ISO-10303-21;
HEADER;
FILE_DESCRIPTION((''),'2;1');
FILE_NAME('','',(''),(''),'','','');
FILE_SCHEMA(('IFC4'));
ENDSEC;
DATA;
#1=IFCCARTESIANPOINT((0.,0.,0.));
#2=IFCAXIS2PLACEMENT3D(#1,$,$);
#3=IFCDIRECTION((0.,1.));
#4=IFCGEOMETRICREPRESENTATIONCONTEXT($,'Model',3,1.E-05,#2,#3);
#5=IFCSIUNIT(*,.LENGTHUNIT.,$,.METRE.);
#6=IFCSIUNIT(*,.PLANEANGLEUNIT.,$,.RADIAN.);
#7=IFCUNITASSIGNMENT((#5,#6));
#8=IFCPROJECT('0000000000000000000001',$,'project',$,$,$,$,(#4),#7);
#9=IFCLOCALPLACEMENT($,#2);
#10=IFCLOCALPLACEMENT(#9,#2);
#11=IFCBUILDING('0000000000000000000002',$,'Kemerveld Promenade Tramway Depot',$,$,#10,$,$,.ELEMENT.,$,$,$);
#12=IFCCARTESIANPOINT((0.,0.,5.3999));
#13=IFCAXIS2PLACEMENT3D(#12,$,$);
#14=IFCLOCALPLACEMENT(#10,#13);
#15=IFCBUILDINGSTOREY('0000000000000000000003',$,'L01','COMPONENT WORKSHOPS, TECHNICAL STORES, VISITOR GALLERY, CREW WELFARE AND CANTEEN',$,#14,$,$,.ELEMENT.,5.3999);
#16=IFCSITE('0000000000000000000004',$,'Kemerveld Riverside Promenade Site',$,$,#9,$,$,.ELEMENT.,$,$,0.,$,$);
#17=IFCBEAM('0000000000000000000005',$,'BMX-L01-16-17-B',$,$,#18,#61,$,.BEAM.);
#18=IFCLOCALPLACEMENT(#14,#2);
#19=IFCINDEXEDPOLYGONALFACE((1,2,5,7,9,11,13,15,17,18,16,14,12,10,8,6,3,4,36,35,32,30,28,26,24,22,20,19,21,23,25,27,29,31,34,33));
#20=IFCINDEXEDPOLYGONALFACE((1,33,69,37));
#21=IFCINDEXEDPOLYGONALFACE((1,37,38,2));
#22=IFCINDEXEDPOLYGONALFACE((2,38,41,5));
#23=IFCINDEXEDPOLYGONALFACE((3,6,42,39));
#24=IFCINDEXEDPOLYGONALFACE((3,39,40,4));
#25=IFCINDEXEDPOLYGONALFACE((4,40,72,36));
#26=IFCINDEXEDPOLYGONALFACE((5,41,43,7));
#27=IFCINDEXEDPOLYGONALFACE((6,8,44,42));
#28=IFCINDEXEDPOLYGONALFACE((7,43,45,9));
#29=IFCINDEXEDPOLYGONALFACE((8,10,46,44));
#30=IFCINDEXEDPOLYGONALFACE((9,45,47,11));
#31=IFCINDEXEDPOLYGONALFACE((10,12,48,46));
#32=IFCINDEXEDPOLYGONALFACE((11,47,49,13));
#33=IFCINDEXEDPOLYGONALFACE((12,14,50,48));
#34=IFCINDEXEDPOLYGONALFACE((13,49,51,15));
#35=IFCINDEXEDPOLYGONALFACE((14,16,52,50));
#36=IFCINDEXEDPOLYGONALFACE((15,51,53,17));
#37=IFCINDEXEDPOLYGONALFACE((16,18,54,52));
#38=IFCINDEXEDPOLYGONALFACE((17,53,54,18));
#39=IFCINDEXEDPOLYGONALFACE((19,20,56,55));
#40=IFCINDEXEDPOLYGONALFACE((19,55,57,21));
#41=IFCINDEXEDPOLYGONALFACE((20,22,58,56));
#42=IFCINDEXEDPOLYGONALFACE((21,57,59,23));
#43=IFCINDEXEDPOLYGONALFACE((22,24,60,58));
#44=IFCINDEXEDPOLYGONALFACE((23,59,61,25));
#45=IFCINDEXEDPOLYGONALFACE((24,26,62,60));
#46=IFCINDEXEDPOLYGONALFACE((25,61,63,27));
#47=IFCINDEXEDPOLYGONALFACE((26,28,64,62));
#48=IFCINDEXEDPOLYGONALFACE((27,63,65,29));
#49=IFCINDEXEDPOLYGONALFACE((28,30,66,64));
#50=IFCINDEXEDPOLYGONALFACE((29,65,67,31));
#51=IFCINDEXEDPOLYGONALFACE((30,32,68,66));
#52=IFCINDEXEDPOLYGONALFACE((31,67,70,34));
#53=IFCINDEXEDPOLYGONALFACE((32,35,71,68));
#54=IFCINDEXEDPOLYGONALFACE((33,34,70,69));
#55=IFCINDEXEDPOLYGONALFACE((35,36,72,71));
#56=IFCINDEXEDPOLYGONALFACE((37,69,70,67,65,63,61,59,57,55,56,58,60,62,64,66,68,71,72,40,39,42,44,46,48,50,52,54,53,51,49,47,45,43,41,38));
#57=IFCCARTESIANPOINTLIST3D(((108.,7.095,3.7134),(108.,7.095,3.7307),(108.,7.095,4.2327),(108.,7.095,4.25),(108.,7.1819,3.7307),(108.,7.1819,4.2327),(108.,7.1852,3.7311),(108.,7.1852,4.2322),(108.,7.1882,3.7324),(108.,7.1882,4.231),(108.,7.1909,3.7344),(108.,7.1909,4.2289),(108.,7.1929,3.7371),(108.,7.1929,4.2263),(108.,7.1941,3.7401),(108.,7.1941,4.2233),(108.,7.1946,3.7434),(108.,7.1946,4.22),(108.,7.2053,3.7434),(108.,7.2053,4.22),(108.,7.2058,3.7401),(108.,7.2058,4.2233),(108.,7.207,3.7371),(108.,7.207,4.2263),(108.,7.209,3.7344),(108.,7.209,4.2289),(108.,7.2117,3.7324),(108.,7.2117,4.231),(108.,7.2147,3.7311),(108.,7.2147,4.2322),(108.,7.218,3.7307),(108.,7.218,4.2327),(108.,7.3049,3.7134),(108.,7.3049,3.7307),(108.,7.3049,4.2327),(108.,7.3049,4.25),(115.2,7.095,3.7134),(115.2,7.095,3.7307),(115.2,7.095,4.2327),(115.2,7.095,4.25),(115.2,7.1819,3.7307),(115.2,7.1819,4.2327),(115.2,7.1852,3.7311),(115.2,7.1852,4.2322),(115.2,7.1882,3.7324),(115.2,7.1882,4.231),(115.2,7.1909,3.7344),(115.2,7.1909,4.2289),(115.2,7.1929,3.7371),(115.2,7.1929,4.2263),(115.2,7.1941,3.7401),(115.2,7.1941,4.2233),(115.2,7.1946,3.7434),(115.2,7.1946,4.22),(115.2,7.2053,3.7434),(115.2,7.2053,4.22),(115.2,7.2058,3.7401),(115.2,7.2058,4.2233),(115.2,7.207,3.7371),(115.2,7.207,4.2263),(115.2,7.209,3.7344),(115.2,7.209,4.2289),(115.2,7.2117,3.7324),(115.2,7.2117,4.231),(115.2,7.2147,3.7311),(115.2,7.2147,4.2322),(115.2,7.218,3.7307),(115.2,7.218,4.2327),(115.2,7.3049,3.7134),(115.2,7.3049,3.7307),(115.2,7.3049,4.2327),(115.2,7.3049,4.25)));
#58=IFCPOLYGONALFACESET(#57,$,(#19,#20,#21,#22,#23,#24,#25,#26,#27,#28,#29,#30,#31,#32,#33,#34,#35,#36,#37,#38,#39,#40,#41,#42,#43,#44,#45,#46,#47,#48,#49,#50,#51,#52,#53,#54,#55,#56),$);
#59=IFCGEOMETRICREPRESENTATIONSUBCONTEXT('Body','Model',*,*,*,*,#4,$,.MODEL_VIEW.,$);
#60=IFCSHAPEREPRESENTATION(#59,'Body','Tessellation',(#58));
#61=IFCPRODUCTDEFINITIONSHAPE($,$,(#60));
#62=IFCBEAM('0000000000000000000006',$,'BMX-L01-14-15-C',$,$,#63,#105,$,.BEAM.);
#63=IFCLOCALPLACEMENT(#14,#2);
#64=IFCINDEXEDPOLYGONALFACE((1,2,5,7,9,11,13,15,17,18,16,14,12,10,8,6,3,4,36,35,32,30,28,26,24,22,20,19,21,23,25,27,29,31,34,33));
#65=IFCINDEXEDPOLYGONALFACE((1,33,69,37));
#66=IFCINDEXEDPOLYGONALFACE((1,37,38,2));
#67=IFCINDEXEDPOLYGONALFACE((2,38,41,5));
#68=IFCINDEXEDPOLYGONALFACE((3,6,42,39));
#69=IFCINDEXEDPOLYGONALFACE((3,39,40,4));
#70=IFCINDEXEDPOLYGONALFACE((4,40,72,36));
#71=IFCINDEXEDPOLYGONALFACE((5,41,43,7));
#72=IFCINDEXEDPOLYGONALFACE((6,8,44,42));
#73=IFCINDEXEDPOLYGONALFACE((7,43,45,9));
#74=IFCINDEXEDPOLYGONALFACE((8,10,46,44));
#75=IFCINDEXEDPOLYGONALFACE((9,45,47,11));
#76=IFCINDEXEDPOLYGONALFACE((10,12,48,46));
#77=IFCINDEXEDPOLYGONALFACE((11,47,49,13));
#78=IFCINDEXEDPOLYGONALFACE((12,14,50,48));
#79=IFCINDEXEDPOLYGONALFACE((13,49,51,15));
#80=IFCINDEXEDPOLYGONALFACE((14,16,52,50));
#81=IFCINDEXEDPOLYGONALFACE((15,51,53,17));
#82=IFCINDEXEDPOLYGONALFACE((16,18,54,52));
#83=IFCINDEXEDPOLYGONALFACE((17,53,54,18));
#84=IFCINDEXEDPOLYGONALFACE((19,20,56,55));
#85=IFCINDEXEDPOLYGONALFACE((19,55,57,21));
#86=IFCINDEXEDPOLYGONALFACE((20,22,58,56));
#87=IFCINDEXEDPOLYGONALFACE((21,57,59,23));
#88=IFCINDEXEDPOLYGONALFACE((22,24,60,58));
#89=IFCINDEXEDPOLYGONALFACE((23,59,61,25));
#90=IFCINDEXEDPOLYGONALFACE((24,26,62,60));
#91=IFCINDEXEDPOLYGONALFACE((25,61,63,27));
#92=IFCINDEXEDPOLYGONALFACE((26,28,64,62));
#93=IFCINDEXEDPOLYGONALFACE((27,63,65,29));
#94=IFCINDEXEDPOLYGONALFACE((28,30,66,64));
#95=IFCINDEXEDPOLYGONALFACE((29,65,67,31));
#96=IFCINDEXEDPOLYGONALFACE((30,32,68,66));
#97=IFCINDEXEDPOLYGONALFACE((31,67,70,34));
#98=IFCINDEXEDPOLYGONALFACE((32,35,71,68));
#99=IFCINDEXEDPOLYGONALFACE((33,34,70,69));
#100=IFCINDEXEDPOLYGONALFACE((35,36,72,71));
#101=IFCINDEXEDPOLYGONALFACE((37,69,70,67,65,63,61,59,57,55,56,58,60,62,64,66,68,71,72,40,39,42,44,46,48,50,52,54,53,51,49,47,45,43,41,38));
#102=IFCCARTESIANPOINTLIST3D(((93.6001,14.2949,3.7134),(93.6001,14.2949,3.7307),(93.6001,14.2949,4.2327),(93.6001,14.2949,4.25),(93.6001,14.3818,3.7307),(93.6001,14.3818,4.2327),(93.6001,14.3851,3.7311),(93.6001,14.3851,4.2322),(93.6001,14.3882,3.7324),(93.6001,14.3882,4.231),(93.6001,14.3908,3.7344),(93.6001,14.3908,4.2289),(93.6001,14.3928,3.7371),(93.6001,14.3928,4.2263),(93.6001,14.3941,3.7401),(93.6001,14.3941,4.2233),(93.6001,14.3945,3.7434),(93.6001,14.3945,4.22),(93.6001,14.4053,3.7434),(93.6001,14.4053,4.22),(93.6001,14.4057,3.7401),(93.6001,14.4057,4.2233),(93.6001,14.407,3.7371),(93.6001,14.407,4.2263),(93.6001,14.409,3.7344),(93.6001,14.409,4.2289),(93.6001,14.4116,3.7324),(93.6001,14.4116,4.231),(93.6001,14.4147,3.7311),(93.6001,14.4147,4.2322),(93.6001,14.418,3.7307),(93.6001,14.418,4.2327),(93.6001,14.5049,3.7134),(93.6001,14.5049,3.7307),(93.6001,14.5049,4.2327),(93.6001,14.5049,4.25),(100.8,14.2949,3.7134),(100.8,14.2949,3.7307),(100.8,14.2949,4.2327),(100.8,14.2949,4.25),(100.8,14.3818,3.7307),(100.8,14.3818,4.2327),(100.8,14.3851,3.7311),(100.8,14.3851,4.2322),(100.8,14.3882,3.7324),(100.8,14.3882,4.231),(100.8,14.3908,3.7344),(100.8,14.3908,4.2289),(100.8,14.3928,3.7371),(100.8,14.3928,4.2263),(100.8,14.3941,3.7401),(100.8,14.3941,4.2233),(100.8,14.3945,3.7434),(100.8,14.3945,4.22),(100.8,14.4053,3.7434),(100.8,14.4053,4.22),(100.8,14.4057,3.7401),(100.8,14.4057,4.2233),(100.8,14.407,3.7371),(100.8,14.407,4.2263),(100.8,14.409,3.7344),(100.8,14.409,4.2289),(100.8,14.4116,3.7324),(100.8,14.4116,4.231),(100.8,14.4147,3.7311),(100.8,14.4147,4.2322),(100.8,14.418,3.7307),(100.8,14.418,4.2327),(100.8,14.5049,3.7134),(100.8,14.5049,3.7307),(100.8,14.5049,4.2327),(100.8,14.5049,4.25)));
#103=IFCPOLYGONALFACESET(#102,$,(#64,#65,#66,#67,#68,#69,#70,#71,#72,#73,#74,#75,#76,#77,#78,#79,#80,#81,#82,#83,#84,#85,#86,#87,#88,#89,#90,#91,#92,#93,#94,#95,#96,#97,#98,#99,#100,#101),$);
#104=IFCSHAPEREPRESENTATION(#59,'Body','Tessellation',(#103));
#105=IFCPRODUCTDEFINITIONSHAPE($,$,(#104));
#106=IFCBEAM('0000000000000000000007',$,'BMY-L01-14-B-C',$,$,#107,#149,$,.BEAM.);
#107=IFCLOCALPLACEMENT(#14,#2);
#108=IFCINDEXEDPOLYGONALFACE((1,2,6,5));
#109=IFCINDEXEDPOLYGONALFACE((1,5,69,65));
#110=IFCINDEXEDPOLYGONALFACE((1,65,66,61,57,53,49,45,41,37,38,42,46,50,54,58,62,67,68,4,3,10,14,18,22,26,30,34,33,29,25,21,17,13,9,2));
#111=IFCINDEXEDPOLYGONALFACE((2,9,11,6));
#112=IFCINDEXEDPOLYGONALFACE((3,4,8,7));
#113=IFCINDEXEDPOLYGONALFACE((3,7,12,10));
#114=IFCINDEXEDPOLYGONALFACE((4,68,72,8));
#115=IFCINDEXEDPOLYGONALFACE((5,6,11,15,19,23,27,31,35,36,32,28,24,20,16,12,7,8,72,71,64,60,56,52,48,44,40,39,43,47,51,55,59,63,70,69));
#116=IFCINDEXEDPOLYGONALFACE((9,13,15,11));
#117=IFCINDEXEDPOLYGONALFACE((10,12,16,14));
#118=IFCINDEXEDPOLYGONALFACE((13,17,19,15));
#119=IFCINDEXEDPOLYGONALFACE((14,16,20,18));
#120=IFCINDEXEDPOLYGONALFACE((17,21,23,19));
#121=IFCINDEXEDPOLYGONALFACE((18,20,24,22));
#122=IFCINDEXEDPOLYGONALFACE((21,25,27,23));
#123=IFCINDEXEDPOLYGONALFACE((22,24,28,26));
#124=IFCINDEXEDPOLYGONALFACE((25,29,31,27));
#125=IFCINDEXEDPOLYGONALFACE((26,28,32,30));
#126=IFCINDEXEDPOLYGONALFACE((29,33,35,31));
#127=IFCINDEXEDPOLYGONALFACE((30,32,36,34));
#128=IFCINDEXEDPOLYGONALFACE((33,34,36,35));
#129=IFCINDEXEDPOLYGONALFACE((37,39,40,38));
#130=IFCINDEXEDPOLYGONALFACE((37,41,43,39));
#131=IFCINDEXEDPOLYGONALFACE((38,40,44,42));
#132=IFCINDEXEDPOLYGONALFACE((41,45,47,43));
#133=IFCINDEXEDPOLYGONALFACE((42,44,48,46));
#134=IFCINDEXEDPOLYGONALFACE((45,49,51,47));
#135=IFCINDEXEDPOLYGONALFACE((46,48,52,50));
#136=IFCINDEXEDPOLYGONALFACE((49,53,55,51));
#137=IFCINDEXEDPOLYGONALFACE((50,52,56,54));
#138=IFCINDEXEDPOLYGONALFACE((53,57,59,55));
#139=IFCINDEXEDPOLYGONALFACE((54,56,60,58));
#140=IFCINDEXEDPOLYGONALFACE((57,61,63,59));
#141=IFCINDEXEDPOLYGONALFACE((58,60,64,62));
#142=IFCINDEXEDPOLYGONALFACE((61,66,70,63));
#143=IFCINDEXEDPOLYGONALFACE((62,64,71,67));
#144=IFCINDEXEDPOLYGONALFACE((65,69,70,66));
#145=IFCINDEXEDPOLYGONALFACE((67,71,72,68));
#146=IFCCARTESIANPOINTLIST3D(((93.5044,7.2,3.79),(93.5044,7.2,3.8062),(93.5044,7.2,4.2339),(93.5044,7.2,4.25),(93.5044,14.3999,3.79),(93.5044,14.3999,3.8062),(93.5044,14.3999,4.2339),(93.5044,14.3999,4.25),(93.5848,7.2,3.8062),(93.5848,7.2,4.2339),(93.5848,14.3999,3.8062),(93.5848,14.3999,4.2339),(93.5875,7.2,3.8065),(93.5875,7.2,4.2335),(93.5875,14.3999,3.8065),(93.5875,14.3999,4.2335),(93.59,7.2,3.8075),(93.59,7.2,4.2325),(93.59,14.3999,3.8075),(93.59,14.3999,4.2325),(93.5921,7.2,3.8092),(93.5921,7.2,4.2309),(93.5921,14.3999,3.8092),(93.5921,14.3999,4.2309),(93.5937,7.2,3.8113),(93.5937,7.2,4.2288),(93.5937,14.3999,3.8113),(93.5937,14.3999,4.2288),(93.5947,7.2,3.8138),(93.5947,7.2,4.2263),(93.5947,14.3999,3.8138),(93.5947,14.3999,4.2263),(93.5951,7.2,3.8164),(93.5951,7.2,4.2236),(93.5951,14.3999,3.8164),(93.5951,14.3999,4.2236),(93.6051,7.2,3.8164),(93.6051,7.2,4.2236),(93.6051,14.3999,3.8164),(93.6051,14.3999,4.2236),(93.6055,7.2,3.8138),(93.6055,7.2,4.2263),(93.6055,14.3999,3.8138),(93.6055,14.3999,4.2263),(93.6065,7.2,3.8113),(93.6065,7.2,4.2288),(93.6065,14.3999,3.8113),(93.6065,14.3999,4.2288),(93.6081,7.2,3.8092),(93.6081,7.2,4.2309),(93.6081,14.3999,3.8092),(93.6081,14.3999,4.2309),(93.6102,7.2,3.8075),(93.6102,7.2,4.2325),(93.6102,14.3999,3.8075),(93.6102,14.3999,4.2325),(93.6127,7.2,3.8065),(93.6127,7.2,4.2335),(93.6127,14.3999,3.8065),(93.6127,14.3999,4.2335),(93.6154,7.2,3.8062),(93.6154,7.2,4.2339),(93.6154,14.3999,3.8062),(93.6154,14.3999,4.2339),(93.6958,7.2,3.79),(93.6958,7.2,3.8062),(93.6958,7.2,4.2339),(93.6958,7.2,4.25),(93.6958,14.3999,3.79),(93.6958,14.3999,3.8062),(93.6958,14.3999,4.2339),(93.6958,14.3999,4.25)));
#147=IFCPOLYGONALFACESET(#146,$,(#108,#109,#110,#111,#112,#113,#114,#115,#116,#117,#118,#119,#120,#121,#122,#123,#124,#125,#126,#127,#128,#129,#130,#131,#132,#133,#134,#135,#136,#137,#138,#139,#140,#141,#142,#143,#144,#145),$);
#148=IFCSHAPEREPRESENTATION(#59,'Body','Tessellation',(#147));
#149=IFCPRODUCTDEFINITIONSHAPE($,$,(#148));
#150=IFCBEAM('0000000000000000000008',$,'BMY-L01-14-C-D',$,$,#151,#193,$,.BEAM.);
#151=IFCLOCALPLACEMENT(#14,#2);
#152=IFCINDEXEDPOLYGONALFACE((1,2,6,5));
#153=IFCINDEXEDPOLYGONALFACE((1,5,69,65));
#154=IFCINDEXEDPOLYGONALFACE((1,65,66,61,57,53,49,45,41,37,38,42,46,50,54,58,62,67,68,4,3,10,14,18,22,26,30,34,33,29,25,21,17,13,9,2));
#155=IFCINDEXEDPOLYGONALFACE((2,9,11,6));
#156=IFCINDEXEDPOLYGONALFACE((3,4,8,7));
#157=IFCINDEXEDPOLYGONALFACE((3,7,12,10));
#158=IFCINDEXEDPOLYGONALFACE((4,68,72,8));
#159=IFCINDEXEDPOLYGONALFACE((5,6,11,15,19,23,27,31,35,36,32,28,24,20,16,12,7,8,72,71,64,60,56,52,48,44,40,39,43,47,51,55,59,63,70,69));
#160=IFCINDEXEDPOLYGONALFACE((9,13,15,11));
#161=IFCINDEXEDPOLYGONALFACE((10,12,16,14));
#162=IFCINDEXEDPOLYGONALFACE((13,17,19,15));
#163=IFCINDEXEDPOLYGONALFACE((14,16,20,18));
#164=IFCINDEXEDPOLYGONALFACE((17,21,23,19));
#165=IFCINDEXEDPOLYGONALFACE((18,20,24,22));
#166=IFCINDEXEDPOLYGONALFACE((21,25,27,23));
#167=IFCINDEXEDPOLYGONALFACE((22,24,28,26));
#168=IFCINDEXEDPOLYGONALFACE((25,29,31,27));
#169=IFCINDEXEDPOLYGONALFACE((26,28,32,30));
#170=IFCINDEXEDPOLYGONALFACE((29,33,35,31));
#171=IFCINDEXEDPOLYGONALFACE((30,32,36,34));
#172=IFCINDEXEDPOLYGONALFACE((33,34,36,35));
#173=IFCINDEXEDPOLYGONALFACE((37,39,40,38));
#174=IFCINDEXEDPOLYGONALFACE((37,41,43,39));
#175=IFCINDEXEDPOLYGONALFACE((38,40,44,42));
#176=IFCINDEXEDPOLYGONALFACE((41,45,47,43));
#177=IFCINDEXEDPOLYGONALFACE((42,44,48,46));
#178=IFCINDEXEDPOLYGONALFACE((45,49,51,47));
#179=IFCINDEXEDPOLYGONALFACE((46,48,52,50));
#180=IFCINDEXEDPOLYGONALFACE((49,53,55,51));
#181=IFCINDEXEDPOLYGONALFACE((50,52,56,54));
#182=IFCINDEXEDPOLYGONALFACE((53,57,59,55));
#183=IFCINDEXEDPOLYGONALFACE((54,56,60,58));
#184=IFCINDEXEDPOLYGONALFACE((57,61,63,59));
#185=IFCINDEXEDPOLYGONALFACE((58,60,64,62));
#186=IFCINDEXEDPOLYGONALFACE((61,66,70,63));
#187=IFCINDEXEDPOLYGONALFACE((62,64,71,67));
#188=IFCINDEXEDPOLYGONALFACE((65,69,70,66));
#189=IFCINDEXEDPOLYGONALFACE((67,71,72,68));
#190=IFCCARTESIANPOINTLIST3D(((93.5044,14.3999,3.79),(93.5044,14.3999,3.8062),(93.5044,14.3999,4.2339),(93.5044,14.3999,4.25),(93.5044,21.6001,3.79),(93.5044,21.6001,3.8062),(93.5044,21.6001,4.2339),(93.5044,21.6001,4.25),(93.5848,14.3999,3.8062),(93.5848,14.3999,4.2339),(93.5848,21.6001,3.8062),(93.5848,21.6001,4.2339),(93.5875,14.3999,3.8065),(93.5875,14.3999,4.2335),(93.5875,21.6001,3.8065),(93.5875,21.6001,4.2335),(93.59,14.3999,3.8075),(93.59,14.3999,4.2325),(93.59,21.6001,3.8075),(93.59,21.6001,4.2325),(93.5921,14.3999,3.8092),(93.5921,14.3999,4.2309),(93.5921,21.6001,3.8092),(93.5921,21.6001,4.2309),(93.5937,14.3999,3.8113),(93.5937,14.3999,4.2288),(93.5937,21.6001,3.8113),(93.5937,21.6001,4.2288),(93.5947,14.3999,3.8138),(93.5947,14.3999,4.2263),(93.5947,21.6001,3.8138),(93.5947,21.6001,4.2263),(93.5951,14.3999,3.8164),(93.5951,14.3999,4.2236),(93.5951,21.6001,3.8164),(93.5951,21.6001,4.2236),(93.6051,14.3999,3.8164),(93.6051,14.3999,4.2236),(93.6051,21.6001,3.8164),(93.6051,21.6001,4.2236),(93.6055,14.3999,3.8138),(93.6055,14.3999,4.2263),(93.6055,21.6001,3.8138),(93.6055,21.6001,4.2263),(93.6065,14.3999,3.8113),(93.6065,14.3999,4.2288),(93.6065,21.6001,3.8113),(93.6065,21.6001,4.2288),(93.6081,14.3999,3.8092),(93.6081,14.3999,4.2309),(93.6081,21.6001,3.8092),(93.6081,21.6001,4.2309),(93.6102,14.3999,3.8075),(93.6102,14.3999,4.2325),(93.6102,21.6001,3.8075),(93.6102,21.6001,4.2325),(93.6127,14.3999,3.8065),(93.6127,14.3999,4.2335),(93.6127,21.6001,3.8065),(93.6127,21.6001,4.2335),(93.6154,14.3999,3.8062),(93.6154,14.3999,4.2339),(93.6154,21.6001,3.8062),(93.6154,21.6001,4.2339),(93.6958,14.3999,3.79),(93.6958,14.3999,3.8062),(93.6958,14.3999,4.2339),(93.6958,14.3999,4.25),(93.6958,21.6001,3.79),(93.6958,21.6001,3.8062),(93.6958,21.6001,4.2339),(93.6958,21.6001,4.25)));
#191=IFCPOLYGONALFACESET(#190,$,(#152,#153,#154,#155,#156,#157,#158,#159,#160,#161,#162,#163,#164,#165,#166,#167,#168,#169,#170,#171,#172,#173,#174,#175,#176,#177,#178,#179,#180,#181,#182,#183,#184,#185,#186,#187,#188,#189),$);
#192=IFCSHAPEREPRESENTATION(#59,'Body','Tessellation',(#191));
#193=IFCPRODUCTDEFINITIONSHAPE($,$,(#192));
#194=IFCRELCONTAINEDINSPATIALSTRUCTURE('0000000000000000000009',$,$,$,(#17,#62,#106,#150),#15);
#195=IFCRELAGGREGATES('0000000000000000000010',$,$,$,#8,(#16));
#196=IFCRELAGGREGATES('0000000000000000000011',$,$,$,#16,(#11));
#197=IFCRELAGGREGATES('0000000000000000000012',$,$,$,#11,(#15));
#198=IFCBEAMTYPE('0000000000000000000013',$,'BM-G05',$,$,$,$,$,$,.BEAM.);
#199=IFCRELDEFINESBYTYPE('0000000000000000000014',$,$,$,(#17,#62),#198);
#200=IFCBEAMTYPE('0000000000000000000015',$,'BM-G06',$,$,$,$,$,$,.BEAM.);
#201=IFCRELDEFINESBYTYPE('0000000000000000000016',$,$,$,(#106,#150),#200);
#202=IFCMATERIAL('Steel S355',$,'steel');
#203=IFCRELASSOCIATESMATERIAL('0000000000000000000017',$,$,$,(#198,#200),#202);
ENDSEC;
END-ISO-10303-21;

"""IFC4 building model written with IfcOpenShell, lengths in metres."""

from ifc_helpers import new_model, si_unit, direction, frame, origin, origin_2d, place, context, subcontext, project, spatial, i_section, extrude, material, material_profile, profile_set, type_object, element, save


model = new_model("IFC4")

# Units and contexts
model_context = context("Model", 3, precision=1e-05, world=origin(), true_north=direction((0.0, 1.0)))
body_context = subcontext(model_context, "Body", "Model", "MODEL_VIEW")
ifc_project = project(units=[si_unit("LENGTHUNIT", "METRE"), si_unit("PLANEANGLEUNIT", "RADIAN")], contexts=[model_context])

# Site, building, storey
site_placement = place(None, origin())
site = spatial("IfcSite", under=ifc_project, at=site_placement, Name="Kemerveld Riverside Promenade Site", CompositionType="ELEMENT", RefElevation=0.0)
building_placement = place(site_placement, origin())
building = spatial("IfcBuilding", under=site, at=building_placement, Name="Kemerveld Promenade Tramway Depot", CompositionType="ELEMENT")
storey_placement = place(building_placement, frame((0.0, 0.0, 5.3999)))
storey = spatial("IfcBuildingStorey", under=building, at=storey_placement, Name="L01", Description="COMPONENT WORKSHOPS, TECHNICAL STORES, VISITOR GALLERY, CREW WELFARE AND CANTEEN", CompositionType="ELEMENT", Elevation=5.3999)

# Shared definitions
ifc_material_1 = material(Name="Steel S355", Category="steel")

# Beams
ifc_material_profile_1 = material_profile(ifc_material_1, i_section(OverallWidth=0.21, OverallDepth=0.5366, WebThickness=0.0107, FlangeThickness=0.0173, FilletRadius=0.0127, at=origin_2d()), Name="533x210x101 UB")
ifc_profile_set_1 = profile_set([ifc_material_profile_1], Name="Steel S355")
beam_type_1 = type_object("IfcBeamType", Name="BM-G05", PredefinedType="BEAM", material=ifc_profile_set_1)
for number, where, z_axis, x_axis, name in (
    (1, (108.0, 7.2, 3.9817), (1.0, 0.0, 0.0), (0.0, 1.0, 0.0), "BMX-L01-16-17-B"),
    (2, (93.6001, 14.3999, 3.9817), (1.0, 0.0, 0.0), (0.0, 1.0, 0.0), "BMX-L01-14-15-C"),
):
    element("IfcBeam", number, at=place(storey_placement, frame(where, z_axis=z_axis, x_axis=x_axis)), inside=storey, type_object=beam_type_1, Name=name, PredefinedType="BEAM", context=body_context, shape_type="SweptSolid", body=[
        extrude(i_section(OverallWidth=0.21, OverallDepth=0.5366, WebThickness=0.0107, FlangeThickness=0.0173, FilletRadius=0.0127, at=origin_2d()), origin(), (0.0, 0.0, 1.0), 7.2),
    ])
ifc_material_profile_2 = material_profile(ifc_material_1, i_section(OverallWidth=0.1914, OverallDepth=0.46, WebThickness=0.01, FlangeThickness=0.0161, FilletRadius=0.0103, at=origin_2d()), Name="457x191x82 UB")
ifc_profile_set_2 = profile_set([ifc_material_profile_2], Name="Steel S355")
beam_type_2 = type_object("IfcBeamType", Name="BM-G06", PredefinedType="BEAM", material=ifc_profile_set_2)
beam_1_placement = place(storey_placement, frame((93.6001, 7.2, 4.02), z_axis=(0.0, 1.0, 0.0), x_axis=(-1.0, 0.0, 0.0)))
element("IfcBeam", 3, at=beam_1_placement, inside=storey, type_object=beam_type_2, Name="BMY-L01-14-B-C", PredefinedType="BEAM", context=body_context, shape_type="SweptSolid", body=[
    extrude(i_section(OverallWidth=0.1914, OverallDepth=0.46, WebThickness=0.01, FlangeThickness=0.0161, FilletRadius=0.0103, at=origin_2d()), origin(), (0.0, 0.0, 1.0), 7.2),
])
beam_2_placement = place(storey_placement, frame((93.6001, 14.3999, 4.02), z_axis=(0.0, 1.0, 0.0), x_axis=(-1.0, 0.0, 0.0)))
element("IfcBeam", 4, at=beam_2_placement, inside=storey, type_object=beam_type_2, Name="BMY-L01-14-C-D", PredefinedType="BEAM", context=body_context, shape_type="SweptSolid", body=[
    extrude(i_section(OverallWidth=0.1914, OverallDepth=0.46, WebThickness=0.01, FlangeThickness=0.0161, FilletRadius=0.0103, at=origin_2d()), origin(), (0.0, 0.0, 1.0), 7.2002),
])

save(model, "model.ifc")
